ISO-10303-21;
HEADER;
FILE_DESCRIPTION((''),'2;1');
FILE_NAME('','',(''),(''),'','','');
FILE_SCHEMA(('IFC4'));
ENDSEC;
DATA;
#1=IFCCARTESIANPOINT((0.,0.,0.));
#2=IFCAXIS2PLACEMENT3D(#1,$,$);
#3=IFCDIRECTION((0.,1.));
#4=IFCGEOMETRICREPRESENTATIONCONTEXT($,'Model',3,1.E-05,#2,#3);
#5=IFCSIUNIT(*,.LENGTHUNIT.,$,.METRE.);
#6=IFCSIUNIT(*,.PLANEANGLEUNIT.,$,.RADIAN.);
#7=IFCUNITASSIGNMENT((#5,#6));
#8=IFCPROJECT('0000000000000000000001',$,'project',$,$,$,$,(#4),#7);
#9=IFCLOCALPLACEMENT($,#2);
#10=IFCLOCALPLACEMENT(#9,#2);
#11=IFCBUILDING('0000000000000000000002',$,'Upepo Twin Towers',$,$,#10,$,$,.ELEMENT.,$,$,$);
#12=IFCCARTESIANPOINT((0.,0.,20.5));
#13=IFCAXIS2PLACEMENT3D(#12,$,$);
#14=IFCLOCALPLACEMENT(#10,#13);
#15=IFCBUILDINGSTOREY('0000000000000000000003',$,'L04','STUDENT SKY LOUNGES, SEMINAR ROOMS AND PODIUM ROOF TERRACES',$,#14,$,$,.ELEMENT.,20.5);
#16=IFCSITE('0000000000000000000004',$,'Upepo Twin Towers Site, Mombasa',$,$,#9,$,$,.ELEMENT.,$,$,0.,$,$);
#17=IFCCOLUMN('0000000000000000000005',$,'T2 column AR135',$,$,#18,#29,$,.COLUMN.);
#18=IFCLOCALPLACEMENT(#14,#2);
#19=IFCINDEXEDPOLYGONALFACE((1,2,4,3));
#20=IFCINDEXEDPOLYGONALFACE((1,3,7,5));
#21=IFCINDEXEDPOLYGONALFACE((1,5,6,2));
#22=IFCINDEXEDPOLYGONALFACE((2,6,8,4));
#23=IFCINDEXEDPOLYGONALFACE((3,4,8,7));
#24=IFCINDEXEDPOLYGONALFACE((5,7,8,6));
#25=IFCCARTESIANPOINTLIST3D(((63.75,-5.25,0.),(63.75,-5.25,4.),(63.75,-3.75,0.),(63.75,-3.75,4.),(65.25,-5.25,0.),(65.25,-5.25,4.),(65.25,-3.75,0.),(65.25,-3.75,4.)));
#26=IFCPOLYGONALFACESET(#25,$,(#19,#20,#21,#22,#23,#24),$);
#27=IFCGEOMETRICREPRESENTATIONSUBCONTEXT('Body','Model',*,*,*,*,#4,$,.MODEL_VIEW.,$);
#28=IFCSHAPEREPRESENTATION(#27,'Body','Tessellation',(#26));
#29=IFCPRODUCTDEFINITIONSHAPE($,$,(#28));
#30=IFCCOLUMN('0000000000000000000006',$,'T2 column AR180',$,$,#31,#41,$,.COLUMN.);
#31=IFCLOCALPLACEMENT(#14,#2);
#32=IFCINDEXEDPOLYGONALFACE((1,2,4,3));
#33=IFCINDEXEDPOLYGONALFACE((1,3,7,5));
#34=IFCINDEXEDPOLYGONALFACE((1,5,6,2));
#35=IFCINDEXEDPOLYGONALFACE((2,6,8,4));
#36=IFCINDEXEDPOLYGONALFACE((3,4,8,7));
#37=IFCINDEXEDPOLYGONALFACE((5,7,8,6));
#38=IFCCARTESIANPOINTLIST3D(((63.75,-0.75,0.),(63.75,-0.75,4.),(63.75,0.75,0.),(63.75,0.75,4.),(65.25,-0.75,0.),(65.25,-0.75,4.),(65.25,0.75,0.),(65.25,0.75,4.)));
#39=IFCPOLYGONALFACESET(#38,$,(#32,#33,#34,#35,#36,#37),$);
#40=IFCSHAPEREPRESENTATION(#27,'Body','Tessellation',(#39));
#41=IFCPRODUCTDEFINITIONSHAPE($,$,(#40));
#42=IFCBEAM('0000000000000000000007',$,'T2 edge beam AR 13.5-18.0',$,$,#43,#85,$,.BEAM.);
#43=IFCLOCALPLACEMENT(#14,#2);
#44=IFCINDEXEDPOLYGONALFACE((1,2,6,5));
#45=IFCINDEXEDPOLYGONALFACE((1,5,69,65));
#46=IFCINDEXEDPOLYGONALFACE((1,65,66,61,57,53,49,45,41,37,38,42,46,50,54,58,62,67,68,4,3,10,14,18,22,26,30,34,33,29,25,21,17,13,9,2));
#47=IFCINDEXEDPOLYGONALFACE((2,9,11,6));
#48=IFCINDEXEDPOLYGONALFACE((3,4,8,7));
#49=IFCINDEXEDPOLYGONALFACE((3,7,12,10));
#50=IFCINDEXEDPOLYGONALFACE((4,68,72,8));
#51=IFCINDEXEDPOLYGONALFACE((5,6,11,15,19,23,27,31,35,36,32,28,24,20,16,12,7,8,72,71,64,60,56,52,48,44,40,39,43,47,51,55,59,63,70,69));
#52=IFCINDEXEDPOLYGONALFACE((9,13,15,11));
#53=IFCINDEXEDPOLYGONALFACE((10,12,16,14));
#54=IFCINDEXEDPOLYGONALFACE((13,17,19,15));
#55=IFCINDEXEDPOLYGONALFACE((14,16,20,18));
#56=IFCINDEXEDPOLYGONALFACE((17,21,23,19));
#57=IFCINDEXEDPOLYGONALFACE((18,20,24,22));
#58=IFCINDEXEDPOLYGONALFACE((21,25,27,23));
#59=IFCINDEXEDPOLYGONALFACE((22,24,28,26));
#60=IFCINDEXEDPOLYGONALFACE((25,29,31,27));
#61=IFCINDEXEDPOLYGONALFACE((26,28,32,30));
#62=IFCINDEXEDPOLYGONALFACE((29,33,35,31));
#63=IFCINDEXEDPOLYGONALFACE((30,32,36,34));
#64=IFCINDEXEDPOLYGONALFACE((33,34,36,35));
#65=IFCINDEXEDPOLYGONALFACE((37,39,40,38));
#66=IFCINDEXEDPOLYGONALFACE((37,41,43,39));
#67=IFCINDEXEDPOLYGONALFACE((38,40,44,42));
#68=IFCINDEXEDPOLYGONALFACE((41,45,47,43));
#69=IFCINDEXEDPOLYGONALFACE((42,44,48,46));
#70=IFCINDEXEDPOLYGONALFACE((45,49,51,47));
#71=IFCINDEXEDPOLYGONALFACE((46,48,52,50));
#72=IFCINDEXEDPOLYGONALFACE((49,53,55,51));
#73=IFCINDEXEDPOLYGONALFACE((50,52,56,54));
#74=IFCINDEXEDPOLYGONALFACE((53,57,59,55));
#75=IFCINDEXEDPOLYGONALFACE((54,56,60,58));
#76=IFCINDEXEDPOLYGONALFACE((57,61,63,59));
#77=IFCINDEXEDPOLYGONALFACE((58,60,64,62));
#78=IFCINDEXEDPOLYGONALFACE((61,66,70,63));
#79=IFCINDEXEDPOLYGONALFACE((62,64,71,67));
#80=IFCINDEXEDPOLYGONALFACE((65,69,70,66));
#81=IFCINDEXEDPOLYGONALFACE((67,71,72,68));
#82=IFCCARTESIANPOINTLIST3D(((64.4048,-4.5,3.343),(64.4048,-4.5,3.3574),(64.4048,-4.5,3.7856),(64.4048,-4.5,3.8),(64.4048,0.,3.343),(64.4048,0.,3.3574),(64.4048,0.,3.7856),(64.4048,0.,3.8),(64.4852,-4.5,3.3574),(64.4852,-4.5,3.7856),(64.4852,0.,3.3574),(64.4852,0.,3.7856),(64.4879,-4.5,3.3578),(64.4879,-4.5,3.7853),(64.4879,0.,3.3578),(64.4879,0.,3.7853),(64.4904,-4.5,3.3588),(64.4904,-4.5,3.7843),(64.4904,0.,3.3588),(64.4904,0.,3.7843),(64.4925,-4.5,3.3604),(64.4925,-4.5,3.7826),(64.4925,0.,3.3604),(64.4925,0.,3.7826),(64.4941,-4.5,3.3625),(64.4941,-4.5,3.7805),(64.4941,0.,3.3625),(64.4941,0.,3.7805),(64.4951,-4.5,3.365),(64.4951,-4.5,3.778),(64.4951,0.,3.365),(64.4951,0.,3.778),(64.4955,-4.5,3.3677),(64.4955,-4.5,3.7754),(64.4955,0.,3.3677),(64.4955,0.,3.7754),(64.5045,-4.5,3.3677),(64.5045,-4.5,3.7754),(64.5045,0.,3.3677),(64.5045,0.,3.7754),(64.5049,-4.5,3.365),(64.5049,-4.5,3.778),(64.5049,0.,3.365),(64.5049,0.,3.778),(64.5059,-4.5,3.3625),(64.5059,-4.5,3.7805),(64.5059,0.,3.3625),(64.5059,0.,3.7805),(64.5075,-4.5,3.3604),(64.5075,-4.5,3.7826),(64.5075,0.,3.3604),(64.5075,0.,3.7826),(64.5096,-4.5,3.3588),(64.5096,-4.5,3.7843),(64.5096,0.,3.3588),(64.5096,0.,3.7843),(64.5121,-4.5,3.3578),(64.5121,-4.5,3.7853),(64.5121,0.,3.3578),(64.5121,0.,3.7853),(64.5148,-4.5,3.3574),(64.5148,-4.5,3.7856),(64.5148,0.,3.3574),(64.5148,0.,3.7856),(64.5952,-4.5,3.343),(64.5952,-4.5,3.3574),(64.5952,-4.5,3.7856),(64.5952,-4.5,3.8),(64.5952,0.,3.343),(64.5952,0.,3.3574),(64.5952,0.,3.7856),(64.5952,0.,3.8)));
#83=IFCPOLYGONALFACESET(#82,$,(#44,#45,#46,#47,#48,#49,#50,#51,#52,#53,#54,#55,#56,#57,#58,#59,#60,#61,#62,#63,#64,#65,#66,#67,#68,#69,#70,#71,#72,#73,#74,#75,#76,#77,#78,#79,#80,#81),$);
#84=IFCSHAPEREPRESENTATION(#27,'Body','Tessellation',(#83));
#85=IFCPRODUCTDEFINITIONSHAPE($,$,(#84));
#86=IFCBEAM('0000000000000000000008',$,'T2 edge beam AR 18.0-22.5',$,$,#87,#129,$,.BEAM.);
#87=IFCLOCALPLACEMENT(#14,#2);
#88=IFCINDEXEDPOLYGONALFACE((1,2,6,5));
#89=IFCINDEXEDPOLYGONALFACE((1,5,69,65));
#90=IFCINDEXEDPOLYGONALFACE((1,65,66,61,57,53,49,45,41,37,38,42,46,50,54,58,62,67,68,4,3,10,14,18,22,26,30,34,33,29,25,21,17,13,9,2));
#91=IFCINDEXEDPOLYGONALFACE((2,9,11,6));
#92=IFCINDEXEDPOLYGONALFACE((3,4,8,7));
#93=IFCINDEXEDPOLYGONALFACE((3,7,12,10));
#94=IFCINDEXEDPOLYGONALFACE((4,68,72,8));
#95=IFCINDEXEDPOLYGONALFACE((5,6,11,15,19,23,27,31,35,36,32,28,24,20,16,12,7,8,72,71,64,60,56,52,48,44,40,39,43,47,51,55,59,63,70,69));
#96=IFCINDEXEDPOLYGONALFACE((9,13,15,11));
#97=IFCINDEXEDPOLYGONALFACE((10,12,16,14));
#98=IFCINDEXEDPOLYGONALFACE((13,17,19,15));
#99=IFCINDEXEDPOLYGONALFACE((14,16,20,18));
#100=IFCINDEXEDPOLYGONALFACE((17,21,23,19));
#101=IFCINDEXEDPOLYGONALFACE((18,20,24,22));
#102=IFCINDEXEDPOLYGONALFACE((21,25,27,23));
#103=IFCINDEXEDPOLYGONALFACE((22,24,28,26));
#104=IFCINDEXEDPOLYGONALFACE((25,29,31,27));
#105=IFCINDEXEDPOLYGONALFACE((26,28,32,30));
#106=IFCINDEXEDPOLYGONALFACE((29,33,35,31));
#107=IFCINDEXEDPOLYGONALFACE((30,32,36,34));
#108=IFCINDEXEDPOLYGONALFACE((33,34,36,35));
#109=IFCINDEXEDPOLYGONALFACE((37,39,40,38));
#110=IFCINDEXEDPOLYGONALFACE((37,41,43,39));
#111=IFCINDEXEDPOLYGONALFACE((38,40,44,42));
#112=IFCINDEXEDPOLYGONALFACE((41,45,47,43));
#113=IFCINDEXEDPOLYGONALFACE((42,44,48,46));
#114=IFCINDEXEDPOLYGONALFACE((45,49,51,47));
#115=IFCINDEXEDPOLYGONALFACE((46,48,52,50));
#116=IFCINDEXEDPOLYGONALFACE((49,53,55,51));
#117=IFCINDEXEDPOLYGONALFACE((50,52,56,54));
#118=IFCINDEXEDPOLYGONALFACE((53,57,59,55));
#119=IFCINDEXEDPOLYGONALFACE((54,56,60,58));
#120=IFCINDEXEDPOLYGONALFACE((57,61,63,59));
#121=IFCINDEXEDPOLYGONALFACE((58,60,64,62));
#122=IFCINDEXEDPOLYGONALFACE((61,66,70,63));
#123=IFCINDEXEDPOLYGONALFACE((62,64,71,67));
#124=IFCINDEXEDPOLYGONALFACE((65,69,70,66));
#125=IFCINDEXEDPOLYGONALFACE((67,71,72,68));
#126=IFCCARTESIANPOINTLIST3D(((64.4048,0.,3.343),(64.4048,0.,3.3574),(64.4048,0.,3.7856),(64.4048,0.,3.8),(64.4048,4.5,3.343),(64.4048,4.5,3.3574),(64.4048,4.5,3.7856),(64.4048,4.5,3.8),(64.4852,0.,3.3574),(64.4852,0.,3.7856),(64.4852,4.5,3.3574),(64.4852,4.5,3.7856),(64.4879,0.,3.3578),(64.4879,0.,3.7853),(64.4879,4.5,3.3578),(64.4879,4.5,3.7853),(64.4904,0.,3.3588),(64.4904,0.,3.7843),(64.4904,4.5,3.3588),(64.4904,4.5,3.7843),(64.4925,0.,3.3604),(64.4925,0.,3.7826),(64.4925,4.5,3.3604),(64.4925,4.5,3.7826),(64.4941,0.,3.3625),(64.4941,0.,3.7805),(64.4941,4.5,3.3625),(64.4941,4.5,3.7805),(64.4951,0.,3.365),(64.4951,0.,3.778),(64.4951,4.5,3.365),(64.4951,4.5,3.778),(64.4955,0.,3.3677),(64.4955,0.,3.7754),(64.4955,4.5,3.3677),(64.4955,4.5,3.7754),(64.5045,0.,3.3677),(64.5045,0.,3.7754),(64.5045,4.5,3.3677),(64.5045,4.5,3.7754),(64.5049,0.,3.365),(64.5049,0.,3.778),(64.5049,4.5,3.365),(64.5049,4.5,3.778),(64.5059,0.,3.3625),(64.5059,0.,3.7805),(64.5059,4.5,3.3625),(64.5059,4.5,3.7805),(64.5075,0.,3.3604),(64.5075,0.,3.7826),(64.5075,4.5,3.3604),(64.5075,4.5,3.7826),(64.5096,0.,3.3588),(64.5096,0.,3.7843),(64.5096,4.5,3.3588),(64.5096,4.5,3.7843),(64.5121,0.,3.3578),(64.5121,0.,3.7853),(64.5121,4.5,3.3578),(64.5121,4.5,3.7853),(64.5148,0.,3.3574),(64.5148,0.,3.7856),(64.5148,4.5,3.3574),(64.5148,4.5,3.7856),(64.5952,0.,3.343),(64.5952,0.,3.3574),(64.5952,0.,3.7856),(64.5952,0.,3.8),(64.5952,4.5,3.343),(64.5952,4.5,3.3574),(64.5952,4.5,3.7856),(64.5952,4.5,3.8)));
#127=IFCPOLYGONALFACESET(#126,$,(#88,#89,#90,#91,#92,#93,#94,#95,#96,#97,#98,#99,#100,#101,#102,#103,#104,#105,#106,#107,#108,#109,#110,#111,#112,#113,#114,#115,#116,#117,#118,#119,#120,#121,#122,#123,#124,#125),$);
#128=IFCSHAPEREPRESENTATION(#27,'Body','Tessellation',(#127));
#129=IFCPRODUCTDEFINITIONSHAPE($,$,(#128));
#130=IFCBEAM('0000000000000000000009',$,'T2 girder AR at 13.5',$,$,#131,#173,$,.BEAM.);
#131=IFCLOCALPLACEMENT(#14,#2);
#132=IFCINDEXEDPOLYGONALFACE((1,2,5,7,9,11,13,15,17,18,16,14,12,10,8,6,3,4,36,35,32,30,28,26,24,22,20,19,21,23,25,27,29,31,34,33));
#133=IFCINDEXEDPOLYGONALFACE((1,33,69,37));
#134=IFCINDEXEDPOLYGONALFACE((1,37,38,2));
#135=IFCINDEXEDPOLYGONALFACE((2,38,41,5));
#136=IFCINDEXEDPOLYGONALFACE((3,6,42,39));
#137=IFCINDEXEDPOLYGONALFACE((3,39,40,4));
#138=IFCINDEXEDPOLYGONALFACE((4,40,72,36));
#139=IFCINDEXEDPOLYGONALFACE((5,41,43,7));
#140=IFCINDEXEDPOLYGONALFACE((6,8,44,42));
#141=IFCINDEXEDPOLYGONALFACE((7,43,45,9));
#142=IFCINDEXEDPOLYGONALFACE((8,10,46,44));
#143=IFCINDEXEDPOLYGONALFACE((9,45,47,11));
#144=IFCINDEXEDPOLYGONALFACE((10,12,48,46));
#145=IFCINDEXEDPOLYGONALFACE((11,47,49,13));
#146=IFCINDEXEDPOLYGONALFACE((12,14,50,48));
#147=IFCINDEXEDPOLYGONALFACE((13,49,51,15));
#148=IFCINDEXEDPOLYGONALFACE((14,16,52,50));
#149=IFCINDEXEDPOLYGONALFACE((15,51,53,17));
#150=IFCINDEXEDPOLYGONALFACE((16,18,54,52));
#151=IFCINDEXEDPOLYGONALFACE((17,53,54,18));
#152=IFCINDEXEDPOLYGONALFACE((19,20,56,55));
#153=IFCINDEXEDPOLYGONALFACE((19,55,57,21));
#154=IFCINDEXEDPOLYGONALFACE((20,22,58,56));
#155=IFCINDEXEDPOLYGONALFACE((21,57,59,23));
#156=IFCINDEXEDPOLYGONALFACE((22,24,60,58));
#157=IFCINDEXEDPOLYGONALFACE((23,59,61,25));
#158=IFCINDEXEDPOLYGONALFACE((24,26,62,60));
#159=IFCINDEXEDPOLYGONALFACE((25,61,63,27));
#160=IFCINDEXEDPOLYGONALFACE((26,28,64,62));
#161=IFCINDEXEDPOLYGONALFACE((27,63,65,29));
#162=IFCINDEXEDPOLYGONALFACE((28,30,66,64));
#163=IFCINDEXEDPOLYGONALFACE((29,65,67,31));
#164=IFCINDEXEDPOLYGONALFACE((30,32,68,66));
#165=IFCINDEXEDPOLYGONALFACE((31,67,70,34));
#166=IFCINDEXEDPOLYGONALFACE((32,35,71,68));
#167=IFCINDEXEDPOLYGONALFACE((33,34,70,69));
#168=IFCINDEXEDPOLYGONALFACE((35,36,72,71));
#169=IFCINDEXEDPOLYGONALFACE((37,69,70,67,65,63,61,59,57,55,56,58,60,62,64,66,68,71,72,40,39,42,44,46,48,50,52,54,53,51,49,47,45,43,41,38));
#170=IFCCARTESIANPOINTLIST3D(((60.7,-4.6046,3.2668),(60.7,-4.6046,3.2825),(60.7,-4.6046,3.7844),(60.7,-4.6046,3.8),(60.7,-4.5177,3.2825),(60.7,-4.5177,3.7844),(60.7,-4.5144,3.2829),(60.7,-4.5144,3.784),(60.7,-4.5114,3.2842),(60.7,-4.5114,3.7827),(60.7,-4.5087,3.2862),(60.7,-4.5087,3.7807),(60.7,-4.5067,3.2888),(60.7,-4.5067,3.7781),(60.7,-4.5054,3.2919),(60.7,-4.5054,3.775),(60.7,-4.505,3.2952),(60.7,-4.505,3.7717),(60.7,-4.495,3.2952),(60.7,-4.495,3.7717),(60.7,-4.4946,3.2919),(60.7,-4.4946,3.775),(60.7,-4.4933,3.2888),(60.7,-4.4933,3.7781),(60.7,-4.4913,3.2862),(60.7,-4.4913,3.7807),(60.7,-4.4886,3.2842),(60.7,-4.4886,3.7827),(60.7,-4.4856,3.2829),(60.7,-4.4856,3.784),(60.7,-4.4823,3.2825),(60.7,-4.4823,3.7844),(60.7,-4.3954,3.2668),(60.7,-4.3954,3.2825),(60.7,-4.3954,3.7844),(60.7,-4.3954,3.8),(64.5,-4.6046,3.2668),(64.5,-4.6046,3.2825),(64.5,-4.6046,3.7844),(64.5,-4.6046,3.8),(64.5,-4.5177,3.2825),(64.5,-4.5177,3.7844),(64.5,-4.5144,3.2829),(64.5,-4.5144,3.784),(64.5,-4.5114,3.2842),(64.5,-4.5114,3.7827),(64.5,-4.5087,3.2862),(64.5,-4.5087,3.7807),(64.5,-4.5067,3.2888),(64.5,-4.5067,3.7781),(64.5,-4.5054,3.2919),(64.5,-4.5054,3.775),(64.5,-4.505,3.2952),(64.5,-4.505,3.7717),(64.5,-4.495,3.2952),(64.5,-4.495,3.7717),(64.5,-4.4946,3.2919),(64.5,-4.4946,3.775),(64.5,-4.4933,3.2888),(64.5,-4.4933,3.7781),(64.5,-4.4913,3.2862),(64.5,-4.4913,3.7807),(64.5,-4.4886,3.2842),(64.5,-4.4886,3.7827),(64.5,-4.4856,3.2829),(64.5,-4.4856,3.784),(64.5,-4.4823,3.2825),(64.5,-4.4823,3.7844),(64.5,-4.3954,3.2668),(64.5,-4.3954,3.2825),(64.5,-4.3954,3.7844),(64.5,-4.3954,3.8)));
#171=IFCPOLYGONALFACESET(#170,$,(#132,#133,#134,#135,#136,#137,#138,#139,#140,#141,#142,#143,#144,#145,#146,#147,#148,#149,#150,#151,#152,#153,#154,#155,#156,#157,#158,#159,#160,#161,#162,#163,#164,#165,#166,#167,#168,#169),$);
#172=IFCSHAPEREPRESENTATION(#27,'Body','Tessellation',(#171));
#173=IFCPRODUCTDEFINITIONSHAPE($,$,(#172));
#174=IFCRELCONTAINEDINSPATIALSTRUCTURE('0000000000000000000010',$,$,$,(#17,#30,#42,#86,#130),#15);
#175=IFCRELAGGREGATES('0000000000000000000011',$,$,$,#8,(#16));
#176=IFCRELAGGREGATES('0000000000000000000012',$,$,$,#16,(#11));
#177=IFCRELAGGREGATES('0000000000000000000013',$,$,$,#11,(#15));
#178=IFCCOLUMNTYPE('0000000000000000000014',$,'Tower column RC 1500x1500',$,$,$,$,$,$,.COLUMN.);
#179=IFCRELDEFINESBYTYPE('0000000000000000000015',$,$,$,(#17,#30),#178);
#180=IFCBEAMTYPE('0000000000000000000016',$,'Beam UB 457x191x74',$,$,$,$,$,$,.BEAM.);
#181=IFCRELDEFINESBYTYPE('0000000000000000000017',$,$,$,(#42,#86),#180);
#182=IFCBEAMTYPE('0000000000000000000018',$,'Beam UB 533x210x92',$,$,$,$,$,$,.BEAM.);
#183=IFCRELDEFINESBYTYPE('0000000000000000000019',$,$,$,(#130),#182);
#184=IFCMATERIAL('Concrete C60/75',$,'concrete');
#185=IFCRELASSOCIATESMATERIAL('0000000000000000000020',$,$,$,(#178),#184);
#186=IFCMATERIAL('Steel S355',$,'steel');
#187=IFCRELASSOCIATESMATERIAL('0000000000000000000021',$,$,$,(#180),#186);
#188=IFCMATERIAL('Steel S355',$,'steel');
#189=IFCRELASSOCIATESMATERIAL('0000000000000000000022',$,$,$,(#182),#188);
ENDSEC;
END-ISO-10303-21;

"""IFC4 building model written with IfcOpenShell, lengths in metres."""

from ifc_helpers import new_model, si_unit, direction, frame, origin, origin_2d, place, context, subcontext, project, spatial, rectangle, i_section, extrude, material, material_profile, profile_set, type_object, element, save


model = new_model("IFC4")

# Units and contexts
model_context = context("Model", 3, precision=1e-05, world=origin(), true_north=direction((0.0, 1.0)))
body_context = subcontext(model_context, "Body", "Model", "MODEL_VIEW")
ifc_project = project(units=[si_unit("LENGTHUNIT", "METRE"), si_unit("PLANEANGLEUNIT", "RADIAN")], contexts=[model_context])

# Site, building, storey
site_placement = place(None, origin())
site = spatial("IfcSite", under=ifc_project, at=site_placement, Name="Upepo Twin Towers Site, Mombasa", CompositionType="ELEMENT", RefElevation=0.0)
building_placement = place(site_placement, origin())
building = spatial("IfcBuilding", under=site, at=building_placement, Name="Upepo Twin Towers", CompositionType="ELEMENT")
storey_placement = place(building_placement, frame((0.0, 0.0, 20.5)))
storey = spatial("IfcBuildingStorey", under=building, at=storey_placement, Name="L04", Description="STUDENT SKY LOUNGES, SEMINAR ROOMS AND PODIUM ROOF TERRACES", CompositionType="ELEMENT", Elevation=20.5)

# Columns
ifc_material_1 = material(Name="Concrete C60/75", Category="concrete")
ifc_material_profile_1 = material_profile(ifc_material_1, rectangle(XDim=1.5, YDim=1.5, at=origin_2d()), Name="RC 1500x1500")
ifc_profile_set_1 = profile_set([ifc_material_profile_1], Name="Concrete C60/75")
column_type = type_object("IfcColumnType", Name="Tower column RC 1500x1500", PredefinedType="COLUMN", material=ifc_profile_set_1)
for number, where, z_axis, x_axis, name in (
    (1, (64.5, -4.5, 0.0), (0.0, 0.0, 1.0), (1.0, 0.0, 0.0), "T2 column AR135"),
    (2, (64.5, 0.0, 0.0), (0.0, 0.0, 1.0), (1.0, 0.0, 0.0), "T2 column AR180"),
):
    element("IfcColumn", number, at=place(storey_placement, frame(where, z_axis=z_axis, x_axis=x_axis)), inside=storey, type_object=column_type, Name=name, PredefinedType="COLUMN", context=body_context, shape_type="SweptSolid", body=[
        extrude(rectangle(XDim=1.5, YDim=1.5, at=origin_2d()), origin(), (0.0, 0.0, 1.0), 4.0),
    ])

# Beams
ifc_material_2 = material(Name="Steel S355", Category="steel")
ifc_material_profile_2 = material_profile(ifc_material_2, i_section(OverallWidth=0.1904, OverallDepth=0.457, WebThickness=0.009, FlangeThickness=0.0144, FilletRadius=0.0103, at=origin_2d()), Name="UB 457x191x74")
ifc_profile_set_2 = profile_set([ifc_material_profile_2], Name="Steel S355")
beam_type_1 = type_object("IfcBeamType", Name="Beam UB 457x191x74", PredefinedType="BEAM", material=ifc_profile_set_2)
for number, where, z_axis, x_axis, name in (
    (3, (64.5, -4.5, 3.5715), (0.0, 1.0, 0.0), (-1.0, 0.0, 0.0), "T2 edge beam AR 13.5-18.0"),
    (4, (64.5, 0.0, 3.5715), (0.0, 1.0, 0.0), (-1.0, 0.0, 0.0), "T2 edge beam AR 18.0-22.5"),
):
    element("IfcBeam", number, at=place(storey_placement, frame(where, z_axis=z_axis, x_axis=x_axis)), inside=storey, type_object=beam_type_1, Name=name, PredefinedType="BEAM", context=body_context, shape_type="SweptSolid", body=[
        extrude(i_section(OverallWidth=0.1904, OverallDepth=0.457, WebThickness=0.009, FlangeThickness=0.0144, FilletRadius=0.0103, at=origin_2d()), origin(), (0.0, 0.0, 1.0), 4.5),
    ])
ifc_material_3 = material(Name="Steel S355", Category="steel")
ifc_material_profile_3 = material_profile(ifc_material_3, i_section(OverallWidth=0.2092, OverallDepth=0.5332, WebThickness=0.01, FlangeThickness=0.0156, FilletRadius=0.0127, at=origin_2d()), Name="UB 533x210x92")
ifc_profile_set_3 = profile_set([ifc_material_profile_3], Name="Steel S355")
beam_type_2 = type_object("IfcBeamType", Name="Beam UB 533x210x92", PredefinedType="BEAM", material=ifc_profile_set_3)
for number, where, z_axis, x_axis, name in (
    (5, (64.5, -4.5, 3.5334), (-1.0, 0.0, 0.0), (0.0, -1.0, 0.0), "T2 girder AR at 13.5"),
):
    element("IfcBeam", number, at=place(storey_placement, frame(where, z_axis=z_axis, x_axis=x_axis)), inside=storey, type_object=beam_type_2, Name=name, PredefinedType="BEAM", context=body_context, shape_type="SweptSolid", body=[
        extrude(i_section(OverallWidth=0.2092, OverallDepth=0.5332, WebThickness=0.01, FlangeThickness=0.0156, FilletRadius=0.0127, at=origin_2d()), origin(), (0.0, 0.0, 1.0), 3.8),
    ])

save(model, "model.ifc")
